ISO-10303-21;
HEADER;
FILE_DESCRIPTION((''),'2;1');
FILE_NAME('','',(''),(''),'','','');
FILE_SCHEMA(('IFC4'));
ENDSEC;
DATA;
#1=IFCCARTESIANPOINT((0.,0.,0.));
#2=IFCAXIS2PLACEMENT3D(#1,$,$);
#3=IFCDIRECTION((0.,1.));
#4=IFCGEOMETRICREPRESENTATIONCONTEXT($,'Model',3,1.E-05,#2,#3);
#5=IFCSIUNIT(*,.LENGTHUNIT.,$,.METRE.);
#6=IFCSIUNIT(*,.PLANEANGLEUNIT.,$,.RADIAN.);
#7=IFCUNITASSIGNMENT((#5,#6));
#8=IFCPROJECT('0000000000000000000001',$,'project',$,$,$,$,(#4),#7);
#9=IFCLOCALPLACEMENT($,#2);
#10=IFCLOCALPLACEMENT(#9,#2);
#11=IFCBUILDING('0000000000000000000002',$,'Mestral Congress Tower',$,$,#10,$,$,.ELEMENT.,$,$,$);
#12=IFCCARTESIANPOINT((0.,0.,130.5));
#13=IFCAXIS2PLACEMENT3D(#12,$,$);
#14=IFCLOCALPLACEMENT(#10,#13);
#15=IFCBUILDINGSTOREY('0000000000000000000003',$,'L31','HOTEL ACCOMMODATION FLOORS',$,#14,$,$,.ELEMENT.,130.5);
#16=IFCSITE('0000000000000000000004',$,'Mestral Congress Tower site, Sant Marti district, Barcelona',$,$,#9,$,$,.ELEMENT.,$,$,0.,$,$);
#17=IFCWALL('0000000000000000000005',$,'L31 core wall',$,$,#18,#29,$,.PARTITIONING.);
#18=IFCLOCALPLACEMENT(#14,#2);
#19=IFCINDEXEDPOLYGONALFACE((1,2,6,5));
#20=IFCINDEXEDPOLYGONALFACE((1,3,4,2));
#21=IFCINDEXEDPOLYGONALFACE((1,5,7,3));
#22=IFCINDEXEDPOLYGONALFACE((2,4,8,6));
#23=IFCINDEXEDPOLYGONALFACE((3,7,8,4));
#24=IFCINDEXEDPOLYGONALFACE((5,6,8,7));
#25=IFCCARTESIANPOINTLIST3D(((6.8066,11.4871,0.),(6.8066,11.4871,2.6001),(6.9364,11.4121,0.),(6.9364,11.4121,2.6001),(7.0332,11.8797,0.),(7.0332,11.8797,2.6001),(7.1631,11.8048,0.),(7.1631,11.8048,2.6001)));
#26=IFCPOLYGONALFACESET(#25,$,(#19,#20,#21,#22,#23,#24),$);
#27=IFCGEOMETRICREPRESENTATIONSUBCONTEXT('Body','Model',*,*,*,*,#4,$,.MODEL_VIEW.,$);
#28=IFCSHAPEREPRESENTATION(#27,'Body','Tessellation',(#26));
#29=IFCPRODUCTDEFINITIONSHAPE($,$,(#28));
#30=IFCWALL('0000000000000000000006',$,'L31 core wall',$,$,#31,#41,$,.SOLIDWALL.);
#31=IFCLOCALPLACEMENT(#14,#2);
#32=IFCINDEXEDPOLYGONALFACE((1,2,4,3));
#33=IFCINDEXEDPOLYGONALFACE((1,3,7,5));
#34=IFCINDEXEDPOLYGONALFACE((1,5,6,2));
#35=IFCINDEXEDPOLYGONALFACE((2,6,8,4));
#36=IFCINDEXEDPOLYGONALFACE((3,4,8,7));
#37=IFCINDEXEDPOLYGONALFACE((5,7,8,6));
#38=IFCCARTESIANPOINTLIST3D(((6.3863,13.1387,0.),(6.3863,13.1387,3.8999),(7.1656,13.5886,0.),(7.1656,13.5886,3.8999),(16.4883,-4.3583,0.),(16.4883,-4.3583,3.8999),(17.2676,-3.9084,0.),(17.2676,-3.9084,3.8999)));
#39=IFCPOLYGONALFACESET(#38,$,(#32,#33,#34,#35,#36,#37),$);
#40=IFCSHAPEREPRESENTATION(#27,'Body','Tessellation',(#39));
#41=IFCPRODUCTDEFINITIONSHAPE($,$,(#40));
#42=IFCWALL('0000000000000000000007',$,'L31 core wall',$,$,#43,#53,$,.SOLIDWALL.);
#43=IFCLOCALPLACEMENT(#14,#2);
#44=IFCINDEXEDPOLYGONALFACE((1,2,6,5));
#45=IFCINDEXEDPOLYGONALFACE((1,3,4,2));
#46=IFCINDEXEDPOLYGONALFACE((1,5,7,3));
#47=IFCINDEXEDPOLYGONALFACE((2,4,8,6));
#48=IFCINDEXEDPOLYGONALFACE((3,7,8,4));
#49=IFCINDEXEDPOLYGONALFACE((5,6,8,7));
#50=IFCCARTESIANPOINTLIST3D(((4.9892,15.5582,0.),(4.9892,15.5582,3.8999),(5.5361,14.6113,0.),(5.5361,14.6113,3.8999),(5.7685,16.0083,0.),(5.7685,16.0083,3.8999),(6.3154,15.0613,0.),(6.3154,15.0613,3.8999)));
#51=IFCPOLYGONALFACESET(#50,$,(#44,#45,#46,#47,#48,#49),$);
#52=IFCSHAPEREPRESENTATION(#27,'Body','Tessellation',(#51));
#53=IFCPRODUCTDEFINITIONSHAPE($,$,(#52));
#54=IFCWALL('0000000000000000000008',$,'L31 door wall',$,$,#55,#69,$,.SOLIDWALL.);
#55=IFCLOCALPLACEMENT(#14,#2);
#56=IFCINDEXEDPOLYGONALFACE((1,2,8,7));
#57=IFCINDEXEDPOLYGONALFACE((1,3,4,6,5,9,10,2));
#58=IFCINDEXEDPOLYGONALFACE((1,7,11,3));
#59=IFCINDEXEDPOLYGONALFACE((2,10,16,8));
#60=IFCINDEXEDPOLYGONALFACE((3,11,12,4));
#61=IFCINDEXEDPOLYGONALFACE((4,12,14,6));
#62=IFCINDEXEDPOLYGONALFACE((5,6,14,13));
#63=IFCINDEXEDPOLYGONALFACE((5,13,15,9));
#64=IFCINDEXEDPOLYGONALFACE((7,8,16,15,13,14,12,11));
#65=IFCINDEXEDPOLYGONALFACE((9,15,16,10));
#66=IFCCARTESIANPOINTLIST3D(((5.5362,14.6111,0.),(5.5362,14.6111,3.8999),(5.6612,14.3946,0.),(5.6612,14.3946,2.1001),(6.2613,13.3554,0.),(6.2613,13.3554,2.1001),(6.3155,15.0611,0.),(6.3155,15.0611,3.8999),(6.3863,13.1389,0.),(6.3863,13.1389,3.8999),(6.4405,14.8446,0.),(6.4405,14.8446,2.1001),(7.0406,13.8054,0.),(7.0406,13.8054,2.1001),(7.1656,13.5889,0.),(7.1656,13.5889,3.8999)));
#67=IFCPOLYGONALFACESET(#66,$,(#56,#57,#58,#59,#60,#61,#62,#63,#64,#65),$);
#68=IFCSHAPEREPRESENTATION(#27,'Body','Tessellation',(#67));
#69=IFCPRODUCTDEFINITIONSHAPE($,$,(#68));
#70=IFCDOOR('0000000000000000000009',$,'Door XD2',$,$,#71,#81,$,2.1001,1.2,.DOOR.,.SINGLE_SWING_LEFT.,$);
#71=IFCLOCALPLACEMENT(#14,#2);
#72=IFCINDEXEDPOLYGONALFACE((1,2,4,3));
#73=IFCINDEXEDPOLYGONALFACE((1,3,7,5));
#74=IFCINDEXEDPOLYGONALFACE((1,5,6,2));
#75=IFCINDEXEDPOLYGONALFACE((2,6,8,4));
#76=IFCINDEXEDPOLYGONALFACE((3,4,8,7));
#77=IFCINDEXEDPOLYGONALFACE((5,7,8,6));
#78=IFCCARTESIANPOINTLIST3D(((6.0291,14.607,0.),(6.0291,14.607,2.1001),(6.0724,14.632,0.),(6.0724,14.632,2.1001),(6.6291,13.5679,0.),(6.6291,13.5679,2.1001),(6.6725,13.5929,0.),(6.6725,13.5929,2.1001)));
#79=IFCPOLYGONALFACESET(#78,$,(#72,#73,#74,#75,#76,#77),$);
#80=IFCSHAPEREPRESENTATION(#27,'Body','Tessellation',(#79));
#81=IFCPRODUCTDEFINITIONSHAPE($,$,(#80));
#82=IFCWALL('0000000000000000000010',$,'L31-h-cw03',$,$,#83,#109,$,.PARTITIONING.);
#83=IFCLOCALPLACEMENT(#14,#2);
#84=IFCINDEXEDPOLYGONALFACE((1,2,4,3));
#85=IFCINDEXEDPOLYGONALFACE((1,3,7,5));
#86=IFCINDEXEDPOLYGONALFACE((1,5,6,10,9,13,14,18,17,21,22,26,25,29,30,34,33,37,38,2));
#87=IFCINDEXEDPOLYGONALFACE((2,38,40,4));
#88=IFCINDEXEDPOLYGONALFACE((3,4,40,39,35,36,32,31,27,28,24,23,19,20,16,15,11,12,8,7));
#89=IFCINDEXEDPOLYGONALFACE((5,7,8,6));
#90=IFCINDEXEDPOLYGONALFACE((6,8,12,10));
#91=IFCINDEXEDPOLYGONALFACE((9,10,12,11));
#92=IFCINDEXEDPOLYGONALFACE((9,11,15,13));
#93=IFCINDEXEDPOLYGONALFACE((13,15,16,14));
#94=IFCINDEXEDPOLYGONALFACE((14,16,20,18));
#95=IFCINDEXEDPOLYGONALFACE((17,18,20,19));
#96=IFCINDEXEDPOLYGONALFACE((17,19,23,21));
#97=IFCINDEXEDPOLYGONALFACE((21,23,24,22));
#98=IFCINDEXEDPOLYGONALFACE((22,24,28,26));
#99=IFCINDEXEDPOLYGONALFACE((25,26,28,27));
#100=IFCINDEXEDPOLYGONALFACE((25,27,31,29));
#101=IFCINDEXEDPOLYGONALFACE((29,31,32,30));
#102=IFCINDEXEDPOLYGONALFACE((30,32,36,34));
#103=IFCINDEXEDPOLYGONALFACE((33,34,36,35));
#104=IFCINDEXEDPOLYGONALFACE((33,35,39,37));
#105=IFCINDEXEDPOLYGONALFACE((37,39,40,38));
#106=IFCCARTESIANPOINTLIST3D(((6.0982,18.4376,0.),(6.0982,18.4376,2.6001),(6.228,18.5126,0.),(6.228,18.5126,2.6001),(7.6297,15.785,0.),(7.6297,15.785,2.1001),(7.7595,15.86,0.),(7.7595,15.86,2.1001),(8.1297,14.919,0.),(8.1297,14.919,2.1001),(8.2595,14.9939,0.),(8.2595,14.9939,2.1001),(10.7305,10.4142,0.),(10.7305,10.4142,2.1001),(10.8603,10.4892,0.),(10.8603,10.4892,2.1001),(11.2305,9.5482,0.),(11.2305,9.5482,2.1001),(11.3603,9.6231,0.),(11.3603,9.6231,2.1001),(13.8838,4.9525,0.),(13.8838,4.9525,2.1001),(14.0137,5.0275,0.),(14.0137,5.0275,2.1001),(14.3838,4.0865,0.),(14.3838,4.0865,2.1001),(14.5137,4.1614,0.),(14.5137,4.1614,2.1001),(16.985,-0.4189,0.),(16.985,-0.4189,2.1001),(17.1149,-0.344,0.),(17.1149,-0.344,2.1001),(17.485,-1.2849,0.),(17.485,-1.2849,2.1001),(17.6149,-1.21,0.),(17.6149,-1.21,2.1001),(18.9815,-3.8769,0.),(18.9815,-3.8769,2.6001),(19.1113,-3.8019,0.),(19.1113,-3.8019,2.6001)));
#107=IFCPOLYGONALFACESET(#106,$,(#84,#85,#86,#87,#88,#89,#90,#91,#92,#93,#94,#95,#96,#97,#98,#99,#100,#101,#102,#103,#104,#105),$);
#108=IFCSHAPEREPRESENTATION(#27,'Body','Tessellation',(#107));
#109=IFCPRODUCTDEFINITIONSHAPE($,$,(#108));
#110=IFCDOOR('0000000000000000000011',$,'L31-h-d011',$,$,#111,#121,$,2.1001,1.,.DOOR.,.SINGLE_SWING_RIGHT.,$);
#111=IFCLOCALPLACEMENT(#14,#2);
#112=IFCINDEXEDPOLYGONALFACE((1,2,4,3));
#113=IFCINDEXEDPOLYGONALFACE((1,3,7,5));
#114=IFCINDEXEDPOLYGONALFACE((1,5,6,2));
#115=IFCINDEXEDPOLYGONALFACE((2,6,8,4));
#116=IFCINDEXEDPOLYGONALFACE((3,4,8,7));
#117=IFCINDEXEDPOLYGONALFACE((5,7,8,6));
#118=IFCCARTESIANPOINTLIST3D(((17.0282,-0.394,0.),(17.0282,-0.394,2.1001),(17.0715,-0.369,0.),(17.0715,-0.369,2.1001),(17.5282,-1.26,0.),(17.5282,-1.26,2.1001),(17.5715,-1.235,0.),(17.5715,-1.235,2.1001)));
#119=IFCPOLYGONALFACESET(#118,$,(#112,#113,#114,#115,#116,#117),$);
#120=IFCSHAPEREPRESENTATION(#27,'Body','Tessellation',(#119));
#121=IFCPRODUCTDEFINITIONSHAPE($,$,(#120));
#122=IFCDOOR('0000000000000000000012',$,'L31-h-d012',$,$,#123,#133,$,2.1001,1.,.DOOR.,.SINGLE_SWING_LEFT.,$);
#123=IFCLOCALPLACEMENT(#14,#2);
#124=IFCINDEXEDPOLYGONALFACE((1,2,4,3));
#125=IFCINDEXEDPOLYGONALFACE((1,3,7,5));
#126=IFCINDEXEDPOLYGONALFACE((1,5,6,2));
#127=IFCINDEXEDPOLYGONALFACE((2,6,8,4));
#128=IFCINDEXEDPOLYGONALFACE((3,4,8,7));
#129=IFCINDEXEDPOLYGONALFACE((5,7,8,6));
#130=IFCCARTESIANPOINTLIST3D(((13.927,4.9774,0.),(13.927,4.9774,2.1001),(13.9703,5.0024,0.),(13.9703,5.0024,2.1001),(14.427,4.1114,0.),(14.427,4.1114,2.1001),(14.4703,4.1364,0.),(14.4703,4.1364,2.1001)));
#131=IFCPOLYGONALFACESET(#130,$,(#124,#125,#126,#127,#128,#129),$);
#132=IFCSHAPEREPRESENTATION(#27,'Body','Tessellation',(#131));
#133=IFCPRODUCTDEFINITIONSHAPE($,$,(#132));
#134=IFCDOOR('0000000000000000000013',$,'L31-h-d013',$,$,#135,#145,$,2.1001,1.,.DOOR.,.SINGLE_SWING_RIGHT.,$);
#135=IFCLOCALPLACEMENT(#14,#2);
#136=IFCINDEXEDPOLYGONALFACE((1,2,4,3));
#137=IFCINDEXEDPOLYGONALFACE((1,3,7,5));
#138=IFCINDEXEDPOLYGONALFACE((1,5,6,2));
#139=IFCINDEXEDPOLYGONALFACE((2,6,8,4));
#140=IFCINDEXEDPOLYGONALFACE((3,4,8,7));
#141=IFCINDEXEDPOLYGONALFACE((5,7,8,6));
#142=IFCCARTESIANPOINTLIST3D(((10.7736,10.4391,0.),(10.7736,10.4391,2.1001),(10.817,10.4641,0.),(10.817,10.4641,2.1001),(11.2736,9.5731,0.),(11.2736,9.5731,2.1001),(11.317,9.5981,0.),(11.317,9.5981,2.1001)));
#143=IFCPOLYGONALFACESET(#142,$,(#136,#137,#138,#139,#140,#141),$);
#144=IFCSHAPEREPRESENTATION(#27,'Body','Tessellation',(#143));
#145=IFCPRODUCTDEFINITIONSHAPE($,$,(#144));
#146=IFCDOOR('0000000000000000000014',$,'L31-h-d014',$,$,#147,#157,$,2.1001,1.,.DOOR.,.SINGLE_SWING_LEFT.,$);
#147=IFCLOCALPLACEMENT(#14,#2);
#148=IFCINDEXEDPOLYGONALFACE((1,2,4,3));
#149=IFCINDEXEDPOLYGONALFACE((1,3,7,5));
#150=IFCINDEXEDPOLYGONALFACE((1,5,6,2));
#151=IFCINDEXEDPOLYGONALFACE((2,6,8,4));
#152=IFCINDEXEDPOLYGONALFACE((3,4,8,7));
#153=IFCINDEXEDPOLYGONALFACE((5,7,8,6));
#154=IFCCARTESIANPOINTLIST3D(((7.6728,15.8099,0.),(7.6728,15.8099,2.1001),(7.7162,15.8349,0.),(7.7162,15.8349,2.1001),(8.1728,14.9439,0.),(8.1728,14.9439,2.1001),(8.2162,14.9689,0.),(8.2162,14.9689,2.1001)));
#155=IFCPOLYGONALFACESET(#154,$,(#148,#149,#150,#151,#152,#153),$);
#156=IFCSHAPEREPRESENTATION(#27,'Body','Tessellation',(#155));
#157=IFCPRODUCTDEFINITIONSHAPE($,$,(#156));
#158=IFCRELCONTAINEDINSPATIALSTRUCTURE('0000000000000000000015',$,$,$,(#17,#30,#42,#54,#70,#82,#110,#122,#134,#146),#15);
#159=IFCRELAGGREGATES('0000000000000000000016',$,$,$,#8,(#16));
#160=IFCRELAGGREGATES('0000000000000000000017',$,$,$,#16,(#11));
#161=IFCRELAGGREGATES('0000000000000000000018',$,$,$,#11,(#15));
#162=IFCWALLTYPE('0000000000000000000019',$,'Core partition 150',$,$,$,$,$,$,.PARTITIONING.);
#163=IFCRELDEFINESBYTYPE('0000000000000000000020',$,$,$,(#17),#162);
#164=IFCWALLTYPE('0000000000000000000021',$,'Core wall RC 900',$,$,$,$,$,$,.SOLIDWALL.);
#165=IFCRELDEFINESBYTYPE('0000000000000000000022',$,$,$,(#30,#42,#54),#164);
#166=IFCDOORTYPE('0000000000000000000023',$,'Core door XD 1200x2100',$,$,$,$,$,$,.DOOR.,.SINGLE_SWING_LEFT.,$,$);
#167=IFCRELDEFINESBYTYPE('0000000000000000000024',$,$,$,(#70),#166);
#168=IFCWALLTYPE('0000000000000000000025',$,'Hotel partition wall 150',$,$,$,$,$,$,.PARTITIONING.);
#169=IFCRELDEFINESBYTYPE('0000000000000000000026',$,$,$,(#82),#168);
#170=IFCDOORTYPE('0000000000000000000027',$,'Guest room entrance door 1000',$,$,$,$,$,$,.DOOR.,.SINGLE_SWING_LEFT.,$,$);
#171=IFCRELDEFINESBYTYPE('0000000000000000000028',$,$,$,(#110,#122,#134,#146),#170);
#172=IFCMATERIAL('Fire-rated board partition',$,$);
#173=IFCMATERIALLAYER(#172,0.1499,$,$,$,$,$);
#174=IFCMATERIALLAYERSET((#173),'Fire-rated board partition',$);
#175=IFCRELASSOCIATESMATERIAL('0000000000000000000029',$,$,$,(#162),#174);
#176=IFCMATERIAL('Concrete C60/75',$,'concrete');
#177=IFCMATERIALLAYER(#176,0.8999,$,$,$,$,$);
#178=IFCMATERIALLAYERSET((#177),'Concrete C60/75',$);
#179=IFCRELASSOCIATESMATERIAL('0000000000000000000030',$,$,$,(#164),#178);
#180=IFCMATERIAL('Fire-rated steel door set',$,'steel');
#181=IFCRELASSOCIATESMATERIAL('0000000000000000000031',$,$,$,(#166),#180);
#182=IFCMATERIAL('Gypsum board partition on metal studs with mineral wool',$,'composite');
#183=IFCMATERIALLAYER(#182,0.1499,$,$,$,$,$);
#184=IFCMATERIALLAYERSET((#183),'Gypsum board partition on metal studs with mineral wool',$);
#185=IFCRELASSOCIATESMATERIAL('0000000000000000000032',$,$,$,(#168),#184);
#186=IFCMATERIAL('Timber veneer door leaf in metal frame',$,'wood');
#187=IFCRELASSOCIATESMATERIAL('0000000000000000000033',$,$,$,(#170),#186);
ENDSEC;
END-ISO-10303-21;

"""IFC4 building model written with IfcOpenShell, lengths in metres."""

from ifc_helpers import new_model, si_unit, direction, frame, frame_2d, origin, place, context, subcontext, project, spatial, rectangle, extrude, material, layer, layer_set, type_object, element, fill, save


model = new_model("IFC4")

# Units and contexts
model_context = context("Model", 3, precision=1e-05, world=origin(), true_north=direction((0.0, 1.0)))
body_context = subcontext(model_context, "Body", "Model", "MODEL_VIEW")
ifc_project = project(units=[si_unit("LENGTHUNIT", "METRE"), si_unit("PLANEANGLEUNIT", "RADIAN")], contexts=[model_context])

# Site, building, storey
site_placement = place(None, origin())
site = spatial("IfcSite", under=ifc_project, at=site_placement, Name="Mestral Congress Tower site, Sant Marti district, Barcelona", CompositionType="ELEMENT", RefElevation=0.0)
building_placement = place(site_placement, origin())
building = spatial("IfcBuilding", under=site, at=building_placement, Name="Mestral Congress Tower", CompositionType="ELEMENT")
storey_placement = place(building_placement, frame((0.0, 0.0, 130.5)))
storey = spatial("IfcBuildingStorey", under=building, at=storey_placement, Name="L31", Description="HOTEL ACCOMMODATION FLOORS", CompositionType="ELEMENT", Elevation=130.5)

# Walls
ifc_material_1 = material(Name="Fire-rated board partition")
ifc_layer_1 = layer(ifc_material_1, 0.1499)
ifc_layer_set_1 = layer_set([ifc_layer_1], Name="Fire-rated board partition")
wall_type_1 = type_object("IfcWallType", Name="Core partition 150", PredefinedType="PARTITIONING", material=ifc_layer_set_1)
wall_1_placement = place(storey_placement, frame((6.8716, 11.4497, 0.0), z_axis=(0.0, 0.0, 1.0), x_axis=(0.499847, 0.866114, 0.0)))
element("IfcWall", 1, at=wall_1_placement, inside=storey, type_object=wall_type_1, Name="L31 core wall", PredefinedType="PARTITIONING", context=body_context, shape_type="SweptSolid", body=[
    extrude(rectangle(XDim=0.4534, YDim=0.1499, at=frame_2d((0.2266, 0.0))), origin(), (0.0, 0.0, 1.0), 2.6001),
])
ifc_material_2 = material(Name="Concrete C60/75", Category="concrete")
ifc_layer_2 = layer(ifc_material_2, 0.8999)
ifc_layer_set_2 = layer_set([ifc_layer_2], Name="Concrete C60/75")
wall_type_2 = type_object("IfcWallType", Name="Core wall RC 900", PredefinedType="SOLIDWALL", material=ifc_layer_set_2)
wall_2_placement = place(storey_placement, frame((6.7759, 13.3638, 0.0), z_axis=(0.0, 0.0, 1.0), x_axis=(0.500004, -0.866023, 0.0)))
element("IfcWall", 2, at=wall_2_placement, inside=storey, type_object=wall_type_2, Name="L31 core wall", PredefinedType="SOLIDWALL", context=body_context, shape_type="SweptSolid", body=[
    extrude(rectangle(XDim=20.2039, YDim=0.8999, at=frame_2d((10.1021, 0.0))), origin(), (0.0, 0.0, 1.0), 3.8999),
])
wall_3_placement = place(storey_placement, frame((5.9258, 14.8362, 0.0), z_axis=(0.0, 0.0, 1.0), x_axis=(-0.500077, 0.865981, 0.0)))
element("IfcWall", 3, at=wall_3_placement, inside=storey, type_object=wall_type_2, Name="L31 core wall", PredefinedType="SOLIDWALL", context=body_context, shape_type="SweptSolid", body=[
    extrude(rectangle(XDim=1.0935, YDim=0.8999, at=frame_2d((0.5469, 0.0))), origin(), (0.0, 0.0, 1.0), 3.8999),
])

# Wall, opening, door
wall_4_placement = place(storey_placement, frame((5.9258, 14.8362, 0.0), z_axis=(0.0, 0.0, 1.0), x_axis=(0.500062, -0.865989, 0.0)))
wall_4 = element("IfcWall", 4, at=wall_4_placement, inside=storey, type_object=wall_type_2, Name="L31 door wall", PredefinedType="SOLIDWALL", context=body_context, shape_type="SweptSolid", body=[
    extrude(rectangle(XDim=1.7, YDim=0.8999, at=frame_2d((0.8501, 0.0))), origin(), (0.0, 0.0, 1.0), 3.8999),
])
opening_1_placement = place(wall_4_placement, frame((0.25, 0.0, 0.0)))
opening_1 = element("IfcOpeningElement", 5, at=opening_1_placement, cuts=wall_4, PredefinedType="OPENING", context=body_context, shape_type="SweptSolid", body=[
    extrude(rectangle(XDim=1.2, YDim=2.1001, at=frame_2d((0.6001, 1.05))), frame((0.0, 0.46, 0.0), z_axis=(0.0, -1.0, 0.0), x_axis=(1.0, 0.0, 0.0)), (0.0, 0.0, 1.0), 0.9199),
])
ifc_material_3 = material(Name="Fire-rated steel door set", Category="steel")
door_type_1 = type_object("IfcDoorType", Name="Core door XD 1200x2100", OperationType="SINGLE_SWING_LEFT", PredefinedType="DOOR", material=ifc_material_3)
door_1_placement = place(opening_1_placement, origin())
door_1 = element("IfcDoor", 6, at=door_1_placement, inside=storey, type_object=door_type_1, Name="Door XD2", OperationType="SINGLE_SWING_LEFT", OverallHeight=2.1001, OverallWidth=1.2, PredefinedType="DOOR", context=body_context, shape_type="SweptSolid", body=[
    extrude(rectangle(XDim=1.2, YDim=2.1001, at=frame_2d((0.6001, 1.05))), frame((0.0, 0.0249, 0.0), z_axis=(0.0, -1.0, 0.0), x_axis=(1.0, 0.0, 0.0)), (0.0, 0.0, 1.0), 0.05),
])
fill(opening_1, door_1)

# Wall, openings, doors
ifc_material_4 = material(Name="Gypsum board partition on metal studs with mineral wool", Category="composite")
ifc_layer_3 = layer(ifc_material_4, 0.1499)
ifc_layer_set_3 = layer_set([ifc_layer_3], Name="Gypsum board partition on metal studs with mineral wool")
wall_type_3 = type_object("IfcWallType", Name="Hotel partition wall 150", PredefinedType="PARTITIONING", material=ifc_layer_set_3)
wall_5_placement = place(storey_placement, frame((6.1631, 18.4751, 0.0), z_axis=(0.0, 0.0, 1.0), x_axis=(0.500001, -0.866025, 0.0)))
wall_5 = element("IfcWall", 7, at=wall_5_placement, inside=storey, type_object=wall_type_3, Name="L31-h-cw03", PredefinedType="PARTITIONING", context=body_context, shape_type="SweptSolid", body=[
    extrude(rectangle(XDim=25.7666, YDim=0.1499, at=frame_2d((12.8833, 0.0))), origin(), (0.0, 0.0, 1.0), 2.6001),
])
opening_2_placement = place(wall_5_placement, frame((21.7737, 0.0, 0.0)))
opening_2 = element("IfcOpeningElement", 8, at=opening_2_placement, cuts=wall_5, PredefinedType="OPENING", context=body_context, shape_type="SweptSolid", body=[
    extrude(rectangle(XDim=1.0, YDim=2.1001, at=frame_2d((0.5, 1.05))), frame((0.0, 0.085, 0.0), z_axis=(0.0, -1.0, 0.0), x_axis=(1.0, 0.0, 0.0)), (0.0, 0.0, 1.0), 0.1699),
])
opening_3_placement = place(wall_5_placement, frame((15.5713, 0.0, 0.0)))
opening_3 = element("IfcOpeningElement", 9, at=opening_3_placement, cuts=wall_5, PredefinedType="OPENING", context=body_context, shape_type="SweptSolid", body=[
    extrude(rectangle(XDim=1.0, YDim=2.1001, at=frame_2d((0.5, 1.05))), frame((0.0, 0.085, 0.0), z_axis=(0.0, -1.0, 0.0), x_axis=(1.0, 0.0, 0.0)), (0.0, 0.0, 1.0), 0.1699),
])
opening_4_placement = place(wall_5_placement, frame((9.2646, 0.0, 0.0)))
opening_4 = element("IfcOpeningElement", 10, at=opening_4_placement, cuts=wall_5, PredefinedType="OPENING", context=body_context, shape_type="SweptSolid", body=[
    extrude(rectangle(XDim=1.0, YDim=2.1001, at=frame_2d((0.5, 1.05))), frame((0.0, 0.085, 0.0), z_axis=(0.0, -1.0, 0.0), x_axis=(1.0, 0.0, 0.0)), (0.0, 0.0, 1.0), 0.1699),
])
opening_5_placement = place(wall_5_placement, frame((3.063, 0.0, 0.0)))
opening_5 = element("IfcOpeningElement", 11, at=opening_5_placement, cuts=wall_5, PredefinedType="OPENING", context=body_context, shape_type="SweptSolid", body=[
    extrude(rectangle(XDim=1.0, YDim=2.1001, at=frame_2d((0.5, 1.05))), frame((0.0, 0.085, 0.0), z_axis=(0.0, -1.0, 0.0), x_axis=(1.0, 0.0, 0.0)), (0.0, 0.0, 1.0), 0.1699),
])
ifc_material_5 = material(Name="Timber veneer door leaf in metal frame", Category="wood")
door_type_2 = type_object("IfcDoorType", Name="Guest room entrance door 1000", OperationType="SINGLE_SWING_LEFT", PredefinedType="DOOR", material=ifc_material_5)
door_2_placement = place(opening_2_placement, origin())
door_2 = element("IfcDoor", 12, at=door_2_placement, inside=storey, type_object=door_type_2, Name="L31-h-d011", OperationType="SINGLE_SWING_RIGHT", OverallHeight=2.1001, OverallWidth=1.0, PredefinedType="DOOR", context=body_context, shape_type="SweptSolid", body=[
    extrude(rectangle(XDim=1.0, YDim=2.1001, at=frame_2d((0.5, 1.05))), frame((0.0, 0.0249, 0.0), z_axis=(0.0, -1.0, 0.0), x_axis=(1.0, 0.0, 0.0)), (0.0, 0.0, 1.0), 0.05),
])
fill(opening_2, door_2)
door_3_placement = place(opening_3_placement, origin())
door_3 = element("IfcDoor", 13, at=door_3_placement, inside=storey, type_object=door_type_2, Name="L31-h-d012", OperationType="SINGLE_SWING_LEFT", OverallHeight=2.1001, OverallWidth=1.0, PredefinedType="DOOR", context=body_context, shape_type="SweptSolid", body=[
    extrude(rectangle(XDim=1.0, YDim=2.1001, at=frame_2d((0.5, 1.05))), frame((0.0, 0.0249, 0.0), z_axis=(0.0, -1.0, 0.0), x_axis=(1.0, 0.0, 0.0)), (0.0, 0.0, 1.0), 0.05),
])
fill(opening_3, door_3)
door_4_placement = place(opening_4_placement, origin())
door_4 = element("IfcDoor", 14, at=door_4_placement, inside=storey, type_object=door_type_2, Name="L31-h-d013", OperationType="SINGLE_SWING_RIGHT", OverallHeight=2.1001, OverallWidth=1.0, PredefinedType="DOOR", context=body_context, shape_type="SweptSolid", body=[
    extrude(rectangle(XDim=1.0, YDim=2.1001, at=frame_2d((0.5, 1.05))), frame((0.0, 0.0249, 0.0), z_axis=(0.0, -1.0, 0.0), x_axis=(1.0, 0.0, 0.0)), (0.0, 0.0, 1.0), 0.05),
])
fill(opening_4, door_4)
door_5_placement = place(opening_5_placement, origin())
door_5 = element("IfcDoor", 15, at=door_5_placement, inside=storey, type_object=door_type_2, Name="L31-h-d014", OperationType="SINGLE_SWING_LEFT", OverallHeight=2.1001, OverallWidth=1.0, PredefinedType="DOOR", context=body_context, shape_type="SweptSolid", body=[
    extrude(rectangle(XDim=1.0, YDim=2.1001, at=frame_2d((0.5, 1.05))), frame((0.0, 0.0249, 0.0), z_axis=(0.0, -1.0, 0.0), x_axis=(1.0, 0.0, 0.0)), (0.0, 0.0, 1.0), 0.05),
])
fill(opening_5, door_5)

save(model, "model.ifc")
